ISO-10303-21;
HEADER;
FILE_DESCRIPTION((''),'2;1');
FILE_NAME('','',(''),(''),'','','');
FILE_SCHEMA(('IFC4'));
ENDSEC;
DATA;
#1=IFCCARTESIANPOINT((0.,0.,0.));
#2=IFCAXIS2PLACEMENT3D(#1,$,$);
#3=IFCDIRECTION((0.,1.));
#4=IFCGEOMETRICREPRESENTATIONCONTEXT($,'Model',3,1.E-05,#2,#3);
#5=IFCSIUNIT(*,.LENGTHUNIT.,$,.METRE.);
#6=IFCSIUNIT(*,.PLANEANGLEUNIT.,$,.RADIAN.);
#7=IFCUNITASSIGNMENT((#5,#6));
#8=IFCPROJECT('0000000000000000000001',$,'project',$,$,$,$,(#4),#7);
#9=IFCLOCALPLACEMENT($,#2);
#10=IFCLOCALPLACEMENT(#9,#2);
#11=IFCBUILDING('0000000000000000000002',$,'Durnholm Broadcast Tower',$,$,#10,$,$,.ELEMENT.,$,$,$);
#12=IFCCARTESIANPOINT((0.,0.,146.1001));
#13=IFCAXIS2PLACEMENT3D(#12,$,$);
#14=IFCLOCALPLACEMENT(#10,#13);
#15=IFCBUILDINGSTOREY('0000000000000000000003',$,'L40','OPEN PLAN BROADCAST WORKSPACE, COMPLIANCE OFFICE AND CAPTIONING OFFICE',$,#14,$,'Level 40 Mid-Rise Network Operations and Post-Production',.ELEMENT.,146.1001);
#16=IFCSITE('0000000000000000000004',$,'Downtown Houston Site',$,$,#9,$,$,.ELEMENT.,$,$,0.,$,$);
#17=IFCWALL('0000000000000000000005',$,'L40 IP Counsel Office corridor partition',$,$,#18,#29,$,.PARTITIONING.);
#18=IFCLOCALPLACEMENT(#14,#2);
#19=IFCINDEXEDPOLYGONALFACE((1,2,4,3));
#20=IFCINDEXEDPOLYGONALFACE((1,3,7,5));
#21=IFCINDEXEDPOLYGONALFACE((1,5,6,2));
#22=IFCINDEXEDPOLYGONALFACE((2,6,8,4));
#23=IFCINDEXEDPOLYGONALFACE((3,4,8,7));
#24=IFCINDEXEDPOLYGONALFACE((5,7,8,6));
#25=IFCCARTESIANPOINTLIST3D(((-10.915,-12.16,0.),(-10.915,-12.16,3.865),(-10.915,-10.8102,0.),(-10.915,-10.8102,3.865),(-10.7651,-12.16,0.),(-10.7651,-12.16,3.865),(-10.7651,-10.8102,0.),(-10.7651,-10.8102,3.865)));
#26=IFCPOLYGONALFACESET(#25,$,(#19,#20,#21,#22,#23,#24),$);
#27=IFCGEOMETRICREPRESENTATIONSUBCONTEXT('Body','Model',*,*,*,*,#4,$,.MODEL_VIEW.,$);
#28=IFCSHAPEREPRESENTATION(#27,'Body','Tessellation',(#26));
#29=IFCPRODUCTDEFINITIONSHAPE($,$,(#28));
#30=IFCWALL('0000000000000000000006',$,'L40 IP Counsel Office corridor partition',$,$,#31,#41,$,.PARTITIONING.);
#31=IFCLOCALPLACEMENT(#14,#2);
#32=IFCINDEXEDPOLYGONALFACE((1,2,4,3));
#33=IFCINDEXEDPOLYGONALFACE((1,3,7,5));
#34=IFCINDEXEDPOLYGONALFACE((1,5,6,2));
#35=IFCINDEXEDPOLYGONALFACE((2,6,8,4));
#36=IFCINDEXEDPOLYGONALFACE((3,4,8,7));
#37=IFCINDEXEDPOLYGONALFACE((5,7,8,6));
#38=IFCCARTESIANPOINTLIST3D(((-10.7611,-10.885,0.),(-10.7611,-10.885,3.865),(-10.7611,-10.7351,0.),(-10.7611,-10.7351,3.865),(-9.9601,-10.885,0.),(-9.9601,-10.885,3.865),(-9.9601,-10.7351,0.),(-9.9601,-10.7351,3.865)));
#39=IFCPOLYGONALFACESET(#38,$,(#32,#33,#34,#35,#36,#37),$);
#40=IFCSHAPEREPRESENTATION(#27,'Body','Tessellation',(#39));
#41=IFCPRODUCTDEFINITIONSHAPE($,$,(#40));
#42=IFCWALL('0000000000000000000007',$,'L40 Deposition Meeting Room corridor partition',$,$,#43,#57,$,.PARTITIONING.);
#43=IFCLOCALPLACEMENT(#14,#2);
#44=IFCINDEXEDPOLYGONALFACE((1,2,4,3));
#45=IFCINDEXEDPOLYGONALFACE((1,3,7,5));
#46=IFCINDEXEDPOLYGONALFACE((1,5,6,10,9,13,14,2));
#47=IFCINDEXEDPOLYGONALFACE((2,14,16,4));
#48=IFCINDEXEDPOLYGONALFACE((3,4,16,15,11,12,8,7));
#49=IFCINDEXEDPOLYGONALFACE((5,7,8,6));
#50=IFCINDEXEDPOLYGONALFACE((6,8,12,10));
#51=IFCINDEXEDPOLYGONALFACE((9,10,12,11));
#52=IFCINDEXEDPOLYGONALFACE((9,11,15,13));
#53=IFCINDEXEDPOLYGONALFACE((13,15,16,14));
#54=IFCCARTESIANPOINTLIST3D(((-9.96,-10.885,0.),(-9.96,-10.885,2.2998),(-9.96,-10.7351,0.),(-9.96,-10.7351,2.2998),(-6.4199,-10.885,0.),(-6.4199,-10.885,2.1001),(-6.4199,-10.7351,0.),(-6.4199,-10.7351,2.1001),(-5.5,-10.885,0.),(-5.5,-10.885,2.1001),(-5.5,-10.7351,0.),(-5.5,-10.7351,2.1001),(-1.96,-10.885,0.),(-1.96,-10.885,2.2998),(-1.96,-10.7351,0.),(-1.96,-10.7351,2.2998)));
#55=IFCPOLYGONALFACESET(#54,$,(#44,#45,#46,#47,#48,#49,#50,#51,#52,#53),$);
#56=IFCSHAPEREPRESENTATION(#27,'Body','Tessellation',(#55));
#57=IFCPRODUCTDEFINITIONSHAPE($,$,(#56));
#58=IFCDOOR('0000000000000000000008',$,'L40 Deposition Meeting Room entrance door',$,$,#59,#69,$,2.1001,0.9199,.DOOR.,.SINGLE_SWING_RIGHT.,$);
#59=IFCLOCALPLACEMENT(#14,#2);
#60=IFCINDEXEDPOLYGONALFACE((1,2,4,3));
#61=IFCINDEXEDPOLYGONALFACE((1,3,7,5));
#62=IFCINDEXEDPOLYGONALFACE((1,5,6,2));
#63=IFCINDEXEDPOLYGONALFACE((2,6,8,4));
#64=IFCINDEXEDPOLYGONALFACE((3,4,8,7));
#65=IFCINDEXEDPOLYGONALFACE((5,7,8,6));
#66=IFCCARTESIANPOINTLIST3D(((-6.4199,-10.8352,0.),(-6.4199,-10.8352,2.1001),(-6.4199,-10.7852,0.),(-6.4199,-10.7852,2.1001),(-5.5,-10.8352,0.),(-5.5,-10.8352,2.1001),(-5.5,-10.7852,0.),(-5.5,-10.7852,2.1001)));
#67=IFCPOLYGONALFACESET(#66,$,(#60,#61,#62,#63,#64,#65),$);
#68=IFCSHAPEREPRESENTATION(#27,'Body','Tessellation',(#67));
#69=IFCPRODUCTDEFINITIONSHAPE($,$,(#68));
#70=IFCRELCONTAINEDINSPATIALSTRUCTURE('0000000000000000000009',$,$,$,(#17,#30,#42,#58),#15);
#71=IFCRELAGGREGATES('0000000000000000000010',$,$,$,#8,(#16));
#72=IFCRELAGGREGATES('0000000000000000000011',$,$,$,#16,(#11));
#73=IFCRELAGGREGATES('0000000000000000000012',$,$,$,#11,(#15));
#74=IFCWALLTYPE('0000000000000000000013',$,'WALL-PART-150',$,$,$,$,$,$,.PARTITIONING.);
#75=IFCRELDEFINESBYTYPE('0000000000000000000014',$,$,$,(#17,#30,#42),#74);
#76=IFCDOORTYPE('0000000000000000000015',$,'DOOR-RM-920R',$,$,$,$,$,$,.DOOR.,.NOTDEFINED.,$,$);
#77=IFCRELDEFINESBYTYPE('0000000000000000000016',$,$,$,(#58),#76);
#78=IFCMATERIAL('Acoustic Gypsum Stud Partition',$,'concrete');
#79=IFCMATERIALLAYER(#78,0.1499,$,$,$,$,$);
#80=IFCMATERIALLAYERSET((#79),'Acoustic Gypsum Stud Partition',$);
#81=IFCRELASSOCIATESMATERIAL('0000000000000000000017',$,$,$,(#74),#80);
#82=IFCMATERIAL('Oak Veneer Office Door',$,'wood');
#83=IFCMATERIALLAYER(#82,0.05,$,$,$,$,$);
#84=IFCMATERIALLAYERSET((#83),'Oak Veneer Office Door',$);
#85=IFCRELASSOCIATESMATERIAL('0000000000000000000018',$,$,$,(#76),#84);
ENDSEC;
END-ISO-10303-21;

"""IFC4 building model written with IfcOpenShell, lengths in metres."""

from ifc_helpers import new_model, si_unit, direction, frame, frame_2d, origin, place, context, subcontext, project, spatial, rectangle, extrude, source, transform, mapped, material, layer, layer_set, type_object, type_shapes, element, fill, save


model = new_model("IFC4")

# Units and contexts
model_context = context("Model", 3, precision=1e-05, world=origin(), true_north=direction((0.0, 1.0)))
body_context = subcontext(model_context, "Body", "Model", "MODEL_VIEW")
ifc_project = project(units=[si_unit("LENGTHUNIT", "METRE"), si_unit("PLANEANGLEUNIT", "RADIAN")], contexts=[model_context])

# Site, building, storey
site_placement = place(None, origin())
site = spatial("IfcSite", under=ifc_project, at=site_placement, Name="Downtown Houston Site", CompositionType="ELEMENT", RefElevation=0.0)
building_placement = place(site_placement, origin())
building = spatial("IfcBuilding", under=site, at=building_placement, Name="Durnholm Broadcast Tower", CompositionType="ELEMENT")
storey_placement = place(building_placement, frame((0.0, 0.0, 146.1001)))
storey = spatial("IfcBuildingStorey", under=building, at=storey_placement, Name="L40", Description="OPEN PLAN BROADCAST WORKSPACE, COMPLIANCE OFFICE AND CAPTIONING OFFICE", LongName="Level 40 Mid-Rise Network Operations and Post-Production", CompositionType="ELEMENT", Elevation=146.1001)

# Shared definitions
ifc_material_1 = material(Name="Acoustic Gypsum Stud Partition", Category="concrete")
ifc_layer_1 = layer(ifc_material_1, 0.1499)
ifc_layer_set_1 = layer_set([ifc_layer_1], Name="Acoustic Gypsum Stud Partition")
wall_type_1 = type_object("IfcWallType", Name="WALL-PART-150", PredefinedType="PARTITIONING", material=ifc_layer_set_1)

# Walls
wall_1_placement = place(storey_placement, frame((-10.8401, -12.1599, 0.0), z_axis=(0.0, 0.0, 1.0), x_axis=(0.0, 1.0, 0.0)))
element("IfcWall", 1, at=wall_1_placement, inside=storey, type_object=wall_type_1, Name="L40 IP Counsel Office corridor partition", PredefinedType="PARTITIONING", context=body_context, shape_type="SweptSolid", body=[
    extrude(rectangle(XDim=1.3499, YDim=0.1499, at=frame_2d((0.6748, 0.0))), origin(), (0.0, 0.0, 1.0), 3.865),
])
wall_2_placement = place(storey_placement, frame((-10.761, -10.8101, 0.0), z_axis=(0.0, 0.0, 1.0), x_axis=(1.0, 0.0, 0.0)))
element("IfcWall", 2, at=wall_2_placement, inside=storey, type_object=wall_type_1, Name="L40 IP Counsel Office corridor partition", PredefinedType="PARTITIONING", context=body_context, shape_type="SweptSolid", body=[
    extrude(rectangle(XDim=0.801, YDim=0.1499, at=frame_2d((0.4004, 0.0))), origin(), (0.0, 0.0, 1.0), 3.865),
])

# Wall, opening, door
wall_3_placement = place(storey_placement, frame((-9.96, -10.8101, 0.0), z_axis=(0.0, 0.0, 1.0), x_axis=(1.0, 0.0, 0.0)))
wall_3 = element("IfcWall", 3, at=wall_3_placement, inside=storey, type_object=wall_type_1, Name="L40 Deposition Meeting Room corridor partition", PredefinedType="PARTITIONING", context=body_context, shape_type="SweptSolid", body=[
    extrude(rectangle(XDim=8.0, YDim=0.1499, at=frame_2d((4.0, 0.0))), origin(), (0.0, 0.0, 1.0), 2.2998),
])
opening_1_placement = place(wall_3_placement, frame((3.54, 0.0, 0.0)))
opening_1 = element("IfcOpeningElement", 4, at=opening_1_placement, cuts=wall_3, PredefinedType="OPENING", context=body_context, shape_type="SweptSolid", body=[
    extrude(rectangle(XDim=0.9199, YDim=2.1001, at=frame_2d((0.46, 1.05))), frame((0.0, 0.085, 0.0), z_axis=(0.0, -1.0, 0.0), x_axis=(1.0, 0.0, 0.0)), (0.0, 0.0, 1.0), 0.1699),
])
ifc_material_2 = material(Name="Oak Veneer Office Door", Category="wood")
ifc_layer_2 = layer(ifc_material_2, 0.05)
ifc_layer_set_2 = layer_set([ifc_layer_2], Name="Oak Veneer Office Door")
door_type_1 = type_object("IfcDoorType", Name="DOOR-RM-920R", OperationType="NOTDEFINED", PredefinedType="DOOR", material=ifc_layer_set_2)
shared_shape_1 = source(origin(), body_context, "Body", "SweptSolid", [
    extrude(rectangle(XDim=0.9199, YDim=2.1001, at=frame_2d((0.46, 1.05))), frame((0.0, 0.0249, 0.0), z_axis=(0.0, -1.0, 0.0), x_axis=(1.0, 0.0, 0.0)), (0.0, 0.0, 1.0), 0.05),
])
type_shapes(door_type_1, [shared_shape_1])
door_1_placement = place(opening_1_placement, origin())
door_1 = element("IfcDoor", 5, at=door_1_placement, inside=storey, type_object=door_type_1, Name="L40 Deposition Meeting Room entrance door", OperationType="SINGLE_SWING_RIGHT", OverallHeight=2.1001, OverallWidth=0.9199, PredefinedType="DOOR", context=body_context, shape_type="MappedRepresentation", body=[
    mapped(shared_shape_1, transform((0.0, 0.0, 0.0), x_axis=(1.0, 0.0, 0.0), y_axis=(0.0, 1.0, 0.0), z_axis=(0.0, 0.0, 1.0), scale=1.0)),
])
fill(opening_1, door_1)

save(model, "model.ifc")
